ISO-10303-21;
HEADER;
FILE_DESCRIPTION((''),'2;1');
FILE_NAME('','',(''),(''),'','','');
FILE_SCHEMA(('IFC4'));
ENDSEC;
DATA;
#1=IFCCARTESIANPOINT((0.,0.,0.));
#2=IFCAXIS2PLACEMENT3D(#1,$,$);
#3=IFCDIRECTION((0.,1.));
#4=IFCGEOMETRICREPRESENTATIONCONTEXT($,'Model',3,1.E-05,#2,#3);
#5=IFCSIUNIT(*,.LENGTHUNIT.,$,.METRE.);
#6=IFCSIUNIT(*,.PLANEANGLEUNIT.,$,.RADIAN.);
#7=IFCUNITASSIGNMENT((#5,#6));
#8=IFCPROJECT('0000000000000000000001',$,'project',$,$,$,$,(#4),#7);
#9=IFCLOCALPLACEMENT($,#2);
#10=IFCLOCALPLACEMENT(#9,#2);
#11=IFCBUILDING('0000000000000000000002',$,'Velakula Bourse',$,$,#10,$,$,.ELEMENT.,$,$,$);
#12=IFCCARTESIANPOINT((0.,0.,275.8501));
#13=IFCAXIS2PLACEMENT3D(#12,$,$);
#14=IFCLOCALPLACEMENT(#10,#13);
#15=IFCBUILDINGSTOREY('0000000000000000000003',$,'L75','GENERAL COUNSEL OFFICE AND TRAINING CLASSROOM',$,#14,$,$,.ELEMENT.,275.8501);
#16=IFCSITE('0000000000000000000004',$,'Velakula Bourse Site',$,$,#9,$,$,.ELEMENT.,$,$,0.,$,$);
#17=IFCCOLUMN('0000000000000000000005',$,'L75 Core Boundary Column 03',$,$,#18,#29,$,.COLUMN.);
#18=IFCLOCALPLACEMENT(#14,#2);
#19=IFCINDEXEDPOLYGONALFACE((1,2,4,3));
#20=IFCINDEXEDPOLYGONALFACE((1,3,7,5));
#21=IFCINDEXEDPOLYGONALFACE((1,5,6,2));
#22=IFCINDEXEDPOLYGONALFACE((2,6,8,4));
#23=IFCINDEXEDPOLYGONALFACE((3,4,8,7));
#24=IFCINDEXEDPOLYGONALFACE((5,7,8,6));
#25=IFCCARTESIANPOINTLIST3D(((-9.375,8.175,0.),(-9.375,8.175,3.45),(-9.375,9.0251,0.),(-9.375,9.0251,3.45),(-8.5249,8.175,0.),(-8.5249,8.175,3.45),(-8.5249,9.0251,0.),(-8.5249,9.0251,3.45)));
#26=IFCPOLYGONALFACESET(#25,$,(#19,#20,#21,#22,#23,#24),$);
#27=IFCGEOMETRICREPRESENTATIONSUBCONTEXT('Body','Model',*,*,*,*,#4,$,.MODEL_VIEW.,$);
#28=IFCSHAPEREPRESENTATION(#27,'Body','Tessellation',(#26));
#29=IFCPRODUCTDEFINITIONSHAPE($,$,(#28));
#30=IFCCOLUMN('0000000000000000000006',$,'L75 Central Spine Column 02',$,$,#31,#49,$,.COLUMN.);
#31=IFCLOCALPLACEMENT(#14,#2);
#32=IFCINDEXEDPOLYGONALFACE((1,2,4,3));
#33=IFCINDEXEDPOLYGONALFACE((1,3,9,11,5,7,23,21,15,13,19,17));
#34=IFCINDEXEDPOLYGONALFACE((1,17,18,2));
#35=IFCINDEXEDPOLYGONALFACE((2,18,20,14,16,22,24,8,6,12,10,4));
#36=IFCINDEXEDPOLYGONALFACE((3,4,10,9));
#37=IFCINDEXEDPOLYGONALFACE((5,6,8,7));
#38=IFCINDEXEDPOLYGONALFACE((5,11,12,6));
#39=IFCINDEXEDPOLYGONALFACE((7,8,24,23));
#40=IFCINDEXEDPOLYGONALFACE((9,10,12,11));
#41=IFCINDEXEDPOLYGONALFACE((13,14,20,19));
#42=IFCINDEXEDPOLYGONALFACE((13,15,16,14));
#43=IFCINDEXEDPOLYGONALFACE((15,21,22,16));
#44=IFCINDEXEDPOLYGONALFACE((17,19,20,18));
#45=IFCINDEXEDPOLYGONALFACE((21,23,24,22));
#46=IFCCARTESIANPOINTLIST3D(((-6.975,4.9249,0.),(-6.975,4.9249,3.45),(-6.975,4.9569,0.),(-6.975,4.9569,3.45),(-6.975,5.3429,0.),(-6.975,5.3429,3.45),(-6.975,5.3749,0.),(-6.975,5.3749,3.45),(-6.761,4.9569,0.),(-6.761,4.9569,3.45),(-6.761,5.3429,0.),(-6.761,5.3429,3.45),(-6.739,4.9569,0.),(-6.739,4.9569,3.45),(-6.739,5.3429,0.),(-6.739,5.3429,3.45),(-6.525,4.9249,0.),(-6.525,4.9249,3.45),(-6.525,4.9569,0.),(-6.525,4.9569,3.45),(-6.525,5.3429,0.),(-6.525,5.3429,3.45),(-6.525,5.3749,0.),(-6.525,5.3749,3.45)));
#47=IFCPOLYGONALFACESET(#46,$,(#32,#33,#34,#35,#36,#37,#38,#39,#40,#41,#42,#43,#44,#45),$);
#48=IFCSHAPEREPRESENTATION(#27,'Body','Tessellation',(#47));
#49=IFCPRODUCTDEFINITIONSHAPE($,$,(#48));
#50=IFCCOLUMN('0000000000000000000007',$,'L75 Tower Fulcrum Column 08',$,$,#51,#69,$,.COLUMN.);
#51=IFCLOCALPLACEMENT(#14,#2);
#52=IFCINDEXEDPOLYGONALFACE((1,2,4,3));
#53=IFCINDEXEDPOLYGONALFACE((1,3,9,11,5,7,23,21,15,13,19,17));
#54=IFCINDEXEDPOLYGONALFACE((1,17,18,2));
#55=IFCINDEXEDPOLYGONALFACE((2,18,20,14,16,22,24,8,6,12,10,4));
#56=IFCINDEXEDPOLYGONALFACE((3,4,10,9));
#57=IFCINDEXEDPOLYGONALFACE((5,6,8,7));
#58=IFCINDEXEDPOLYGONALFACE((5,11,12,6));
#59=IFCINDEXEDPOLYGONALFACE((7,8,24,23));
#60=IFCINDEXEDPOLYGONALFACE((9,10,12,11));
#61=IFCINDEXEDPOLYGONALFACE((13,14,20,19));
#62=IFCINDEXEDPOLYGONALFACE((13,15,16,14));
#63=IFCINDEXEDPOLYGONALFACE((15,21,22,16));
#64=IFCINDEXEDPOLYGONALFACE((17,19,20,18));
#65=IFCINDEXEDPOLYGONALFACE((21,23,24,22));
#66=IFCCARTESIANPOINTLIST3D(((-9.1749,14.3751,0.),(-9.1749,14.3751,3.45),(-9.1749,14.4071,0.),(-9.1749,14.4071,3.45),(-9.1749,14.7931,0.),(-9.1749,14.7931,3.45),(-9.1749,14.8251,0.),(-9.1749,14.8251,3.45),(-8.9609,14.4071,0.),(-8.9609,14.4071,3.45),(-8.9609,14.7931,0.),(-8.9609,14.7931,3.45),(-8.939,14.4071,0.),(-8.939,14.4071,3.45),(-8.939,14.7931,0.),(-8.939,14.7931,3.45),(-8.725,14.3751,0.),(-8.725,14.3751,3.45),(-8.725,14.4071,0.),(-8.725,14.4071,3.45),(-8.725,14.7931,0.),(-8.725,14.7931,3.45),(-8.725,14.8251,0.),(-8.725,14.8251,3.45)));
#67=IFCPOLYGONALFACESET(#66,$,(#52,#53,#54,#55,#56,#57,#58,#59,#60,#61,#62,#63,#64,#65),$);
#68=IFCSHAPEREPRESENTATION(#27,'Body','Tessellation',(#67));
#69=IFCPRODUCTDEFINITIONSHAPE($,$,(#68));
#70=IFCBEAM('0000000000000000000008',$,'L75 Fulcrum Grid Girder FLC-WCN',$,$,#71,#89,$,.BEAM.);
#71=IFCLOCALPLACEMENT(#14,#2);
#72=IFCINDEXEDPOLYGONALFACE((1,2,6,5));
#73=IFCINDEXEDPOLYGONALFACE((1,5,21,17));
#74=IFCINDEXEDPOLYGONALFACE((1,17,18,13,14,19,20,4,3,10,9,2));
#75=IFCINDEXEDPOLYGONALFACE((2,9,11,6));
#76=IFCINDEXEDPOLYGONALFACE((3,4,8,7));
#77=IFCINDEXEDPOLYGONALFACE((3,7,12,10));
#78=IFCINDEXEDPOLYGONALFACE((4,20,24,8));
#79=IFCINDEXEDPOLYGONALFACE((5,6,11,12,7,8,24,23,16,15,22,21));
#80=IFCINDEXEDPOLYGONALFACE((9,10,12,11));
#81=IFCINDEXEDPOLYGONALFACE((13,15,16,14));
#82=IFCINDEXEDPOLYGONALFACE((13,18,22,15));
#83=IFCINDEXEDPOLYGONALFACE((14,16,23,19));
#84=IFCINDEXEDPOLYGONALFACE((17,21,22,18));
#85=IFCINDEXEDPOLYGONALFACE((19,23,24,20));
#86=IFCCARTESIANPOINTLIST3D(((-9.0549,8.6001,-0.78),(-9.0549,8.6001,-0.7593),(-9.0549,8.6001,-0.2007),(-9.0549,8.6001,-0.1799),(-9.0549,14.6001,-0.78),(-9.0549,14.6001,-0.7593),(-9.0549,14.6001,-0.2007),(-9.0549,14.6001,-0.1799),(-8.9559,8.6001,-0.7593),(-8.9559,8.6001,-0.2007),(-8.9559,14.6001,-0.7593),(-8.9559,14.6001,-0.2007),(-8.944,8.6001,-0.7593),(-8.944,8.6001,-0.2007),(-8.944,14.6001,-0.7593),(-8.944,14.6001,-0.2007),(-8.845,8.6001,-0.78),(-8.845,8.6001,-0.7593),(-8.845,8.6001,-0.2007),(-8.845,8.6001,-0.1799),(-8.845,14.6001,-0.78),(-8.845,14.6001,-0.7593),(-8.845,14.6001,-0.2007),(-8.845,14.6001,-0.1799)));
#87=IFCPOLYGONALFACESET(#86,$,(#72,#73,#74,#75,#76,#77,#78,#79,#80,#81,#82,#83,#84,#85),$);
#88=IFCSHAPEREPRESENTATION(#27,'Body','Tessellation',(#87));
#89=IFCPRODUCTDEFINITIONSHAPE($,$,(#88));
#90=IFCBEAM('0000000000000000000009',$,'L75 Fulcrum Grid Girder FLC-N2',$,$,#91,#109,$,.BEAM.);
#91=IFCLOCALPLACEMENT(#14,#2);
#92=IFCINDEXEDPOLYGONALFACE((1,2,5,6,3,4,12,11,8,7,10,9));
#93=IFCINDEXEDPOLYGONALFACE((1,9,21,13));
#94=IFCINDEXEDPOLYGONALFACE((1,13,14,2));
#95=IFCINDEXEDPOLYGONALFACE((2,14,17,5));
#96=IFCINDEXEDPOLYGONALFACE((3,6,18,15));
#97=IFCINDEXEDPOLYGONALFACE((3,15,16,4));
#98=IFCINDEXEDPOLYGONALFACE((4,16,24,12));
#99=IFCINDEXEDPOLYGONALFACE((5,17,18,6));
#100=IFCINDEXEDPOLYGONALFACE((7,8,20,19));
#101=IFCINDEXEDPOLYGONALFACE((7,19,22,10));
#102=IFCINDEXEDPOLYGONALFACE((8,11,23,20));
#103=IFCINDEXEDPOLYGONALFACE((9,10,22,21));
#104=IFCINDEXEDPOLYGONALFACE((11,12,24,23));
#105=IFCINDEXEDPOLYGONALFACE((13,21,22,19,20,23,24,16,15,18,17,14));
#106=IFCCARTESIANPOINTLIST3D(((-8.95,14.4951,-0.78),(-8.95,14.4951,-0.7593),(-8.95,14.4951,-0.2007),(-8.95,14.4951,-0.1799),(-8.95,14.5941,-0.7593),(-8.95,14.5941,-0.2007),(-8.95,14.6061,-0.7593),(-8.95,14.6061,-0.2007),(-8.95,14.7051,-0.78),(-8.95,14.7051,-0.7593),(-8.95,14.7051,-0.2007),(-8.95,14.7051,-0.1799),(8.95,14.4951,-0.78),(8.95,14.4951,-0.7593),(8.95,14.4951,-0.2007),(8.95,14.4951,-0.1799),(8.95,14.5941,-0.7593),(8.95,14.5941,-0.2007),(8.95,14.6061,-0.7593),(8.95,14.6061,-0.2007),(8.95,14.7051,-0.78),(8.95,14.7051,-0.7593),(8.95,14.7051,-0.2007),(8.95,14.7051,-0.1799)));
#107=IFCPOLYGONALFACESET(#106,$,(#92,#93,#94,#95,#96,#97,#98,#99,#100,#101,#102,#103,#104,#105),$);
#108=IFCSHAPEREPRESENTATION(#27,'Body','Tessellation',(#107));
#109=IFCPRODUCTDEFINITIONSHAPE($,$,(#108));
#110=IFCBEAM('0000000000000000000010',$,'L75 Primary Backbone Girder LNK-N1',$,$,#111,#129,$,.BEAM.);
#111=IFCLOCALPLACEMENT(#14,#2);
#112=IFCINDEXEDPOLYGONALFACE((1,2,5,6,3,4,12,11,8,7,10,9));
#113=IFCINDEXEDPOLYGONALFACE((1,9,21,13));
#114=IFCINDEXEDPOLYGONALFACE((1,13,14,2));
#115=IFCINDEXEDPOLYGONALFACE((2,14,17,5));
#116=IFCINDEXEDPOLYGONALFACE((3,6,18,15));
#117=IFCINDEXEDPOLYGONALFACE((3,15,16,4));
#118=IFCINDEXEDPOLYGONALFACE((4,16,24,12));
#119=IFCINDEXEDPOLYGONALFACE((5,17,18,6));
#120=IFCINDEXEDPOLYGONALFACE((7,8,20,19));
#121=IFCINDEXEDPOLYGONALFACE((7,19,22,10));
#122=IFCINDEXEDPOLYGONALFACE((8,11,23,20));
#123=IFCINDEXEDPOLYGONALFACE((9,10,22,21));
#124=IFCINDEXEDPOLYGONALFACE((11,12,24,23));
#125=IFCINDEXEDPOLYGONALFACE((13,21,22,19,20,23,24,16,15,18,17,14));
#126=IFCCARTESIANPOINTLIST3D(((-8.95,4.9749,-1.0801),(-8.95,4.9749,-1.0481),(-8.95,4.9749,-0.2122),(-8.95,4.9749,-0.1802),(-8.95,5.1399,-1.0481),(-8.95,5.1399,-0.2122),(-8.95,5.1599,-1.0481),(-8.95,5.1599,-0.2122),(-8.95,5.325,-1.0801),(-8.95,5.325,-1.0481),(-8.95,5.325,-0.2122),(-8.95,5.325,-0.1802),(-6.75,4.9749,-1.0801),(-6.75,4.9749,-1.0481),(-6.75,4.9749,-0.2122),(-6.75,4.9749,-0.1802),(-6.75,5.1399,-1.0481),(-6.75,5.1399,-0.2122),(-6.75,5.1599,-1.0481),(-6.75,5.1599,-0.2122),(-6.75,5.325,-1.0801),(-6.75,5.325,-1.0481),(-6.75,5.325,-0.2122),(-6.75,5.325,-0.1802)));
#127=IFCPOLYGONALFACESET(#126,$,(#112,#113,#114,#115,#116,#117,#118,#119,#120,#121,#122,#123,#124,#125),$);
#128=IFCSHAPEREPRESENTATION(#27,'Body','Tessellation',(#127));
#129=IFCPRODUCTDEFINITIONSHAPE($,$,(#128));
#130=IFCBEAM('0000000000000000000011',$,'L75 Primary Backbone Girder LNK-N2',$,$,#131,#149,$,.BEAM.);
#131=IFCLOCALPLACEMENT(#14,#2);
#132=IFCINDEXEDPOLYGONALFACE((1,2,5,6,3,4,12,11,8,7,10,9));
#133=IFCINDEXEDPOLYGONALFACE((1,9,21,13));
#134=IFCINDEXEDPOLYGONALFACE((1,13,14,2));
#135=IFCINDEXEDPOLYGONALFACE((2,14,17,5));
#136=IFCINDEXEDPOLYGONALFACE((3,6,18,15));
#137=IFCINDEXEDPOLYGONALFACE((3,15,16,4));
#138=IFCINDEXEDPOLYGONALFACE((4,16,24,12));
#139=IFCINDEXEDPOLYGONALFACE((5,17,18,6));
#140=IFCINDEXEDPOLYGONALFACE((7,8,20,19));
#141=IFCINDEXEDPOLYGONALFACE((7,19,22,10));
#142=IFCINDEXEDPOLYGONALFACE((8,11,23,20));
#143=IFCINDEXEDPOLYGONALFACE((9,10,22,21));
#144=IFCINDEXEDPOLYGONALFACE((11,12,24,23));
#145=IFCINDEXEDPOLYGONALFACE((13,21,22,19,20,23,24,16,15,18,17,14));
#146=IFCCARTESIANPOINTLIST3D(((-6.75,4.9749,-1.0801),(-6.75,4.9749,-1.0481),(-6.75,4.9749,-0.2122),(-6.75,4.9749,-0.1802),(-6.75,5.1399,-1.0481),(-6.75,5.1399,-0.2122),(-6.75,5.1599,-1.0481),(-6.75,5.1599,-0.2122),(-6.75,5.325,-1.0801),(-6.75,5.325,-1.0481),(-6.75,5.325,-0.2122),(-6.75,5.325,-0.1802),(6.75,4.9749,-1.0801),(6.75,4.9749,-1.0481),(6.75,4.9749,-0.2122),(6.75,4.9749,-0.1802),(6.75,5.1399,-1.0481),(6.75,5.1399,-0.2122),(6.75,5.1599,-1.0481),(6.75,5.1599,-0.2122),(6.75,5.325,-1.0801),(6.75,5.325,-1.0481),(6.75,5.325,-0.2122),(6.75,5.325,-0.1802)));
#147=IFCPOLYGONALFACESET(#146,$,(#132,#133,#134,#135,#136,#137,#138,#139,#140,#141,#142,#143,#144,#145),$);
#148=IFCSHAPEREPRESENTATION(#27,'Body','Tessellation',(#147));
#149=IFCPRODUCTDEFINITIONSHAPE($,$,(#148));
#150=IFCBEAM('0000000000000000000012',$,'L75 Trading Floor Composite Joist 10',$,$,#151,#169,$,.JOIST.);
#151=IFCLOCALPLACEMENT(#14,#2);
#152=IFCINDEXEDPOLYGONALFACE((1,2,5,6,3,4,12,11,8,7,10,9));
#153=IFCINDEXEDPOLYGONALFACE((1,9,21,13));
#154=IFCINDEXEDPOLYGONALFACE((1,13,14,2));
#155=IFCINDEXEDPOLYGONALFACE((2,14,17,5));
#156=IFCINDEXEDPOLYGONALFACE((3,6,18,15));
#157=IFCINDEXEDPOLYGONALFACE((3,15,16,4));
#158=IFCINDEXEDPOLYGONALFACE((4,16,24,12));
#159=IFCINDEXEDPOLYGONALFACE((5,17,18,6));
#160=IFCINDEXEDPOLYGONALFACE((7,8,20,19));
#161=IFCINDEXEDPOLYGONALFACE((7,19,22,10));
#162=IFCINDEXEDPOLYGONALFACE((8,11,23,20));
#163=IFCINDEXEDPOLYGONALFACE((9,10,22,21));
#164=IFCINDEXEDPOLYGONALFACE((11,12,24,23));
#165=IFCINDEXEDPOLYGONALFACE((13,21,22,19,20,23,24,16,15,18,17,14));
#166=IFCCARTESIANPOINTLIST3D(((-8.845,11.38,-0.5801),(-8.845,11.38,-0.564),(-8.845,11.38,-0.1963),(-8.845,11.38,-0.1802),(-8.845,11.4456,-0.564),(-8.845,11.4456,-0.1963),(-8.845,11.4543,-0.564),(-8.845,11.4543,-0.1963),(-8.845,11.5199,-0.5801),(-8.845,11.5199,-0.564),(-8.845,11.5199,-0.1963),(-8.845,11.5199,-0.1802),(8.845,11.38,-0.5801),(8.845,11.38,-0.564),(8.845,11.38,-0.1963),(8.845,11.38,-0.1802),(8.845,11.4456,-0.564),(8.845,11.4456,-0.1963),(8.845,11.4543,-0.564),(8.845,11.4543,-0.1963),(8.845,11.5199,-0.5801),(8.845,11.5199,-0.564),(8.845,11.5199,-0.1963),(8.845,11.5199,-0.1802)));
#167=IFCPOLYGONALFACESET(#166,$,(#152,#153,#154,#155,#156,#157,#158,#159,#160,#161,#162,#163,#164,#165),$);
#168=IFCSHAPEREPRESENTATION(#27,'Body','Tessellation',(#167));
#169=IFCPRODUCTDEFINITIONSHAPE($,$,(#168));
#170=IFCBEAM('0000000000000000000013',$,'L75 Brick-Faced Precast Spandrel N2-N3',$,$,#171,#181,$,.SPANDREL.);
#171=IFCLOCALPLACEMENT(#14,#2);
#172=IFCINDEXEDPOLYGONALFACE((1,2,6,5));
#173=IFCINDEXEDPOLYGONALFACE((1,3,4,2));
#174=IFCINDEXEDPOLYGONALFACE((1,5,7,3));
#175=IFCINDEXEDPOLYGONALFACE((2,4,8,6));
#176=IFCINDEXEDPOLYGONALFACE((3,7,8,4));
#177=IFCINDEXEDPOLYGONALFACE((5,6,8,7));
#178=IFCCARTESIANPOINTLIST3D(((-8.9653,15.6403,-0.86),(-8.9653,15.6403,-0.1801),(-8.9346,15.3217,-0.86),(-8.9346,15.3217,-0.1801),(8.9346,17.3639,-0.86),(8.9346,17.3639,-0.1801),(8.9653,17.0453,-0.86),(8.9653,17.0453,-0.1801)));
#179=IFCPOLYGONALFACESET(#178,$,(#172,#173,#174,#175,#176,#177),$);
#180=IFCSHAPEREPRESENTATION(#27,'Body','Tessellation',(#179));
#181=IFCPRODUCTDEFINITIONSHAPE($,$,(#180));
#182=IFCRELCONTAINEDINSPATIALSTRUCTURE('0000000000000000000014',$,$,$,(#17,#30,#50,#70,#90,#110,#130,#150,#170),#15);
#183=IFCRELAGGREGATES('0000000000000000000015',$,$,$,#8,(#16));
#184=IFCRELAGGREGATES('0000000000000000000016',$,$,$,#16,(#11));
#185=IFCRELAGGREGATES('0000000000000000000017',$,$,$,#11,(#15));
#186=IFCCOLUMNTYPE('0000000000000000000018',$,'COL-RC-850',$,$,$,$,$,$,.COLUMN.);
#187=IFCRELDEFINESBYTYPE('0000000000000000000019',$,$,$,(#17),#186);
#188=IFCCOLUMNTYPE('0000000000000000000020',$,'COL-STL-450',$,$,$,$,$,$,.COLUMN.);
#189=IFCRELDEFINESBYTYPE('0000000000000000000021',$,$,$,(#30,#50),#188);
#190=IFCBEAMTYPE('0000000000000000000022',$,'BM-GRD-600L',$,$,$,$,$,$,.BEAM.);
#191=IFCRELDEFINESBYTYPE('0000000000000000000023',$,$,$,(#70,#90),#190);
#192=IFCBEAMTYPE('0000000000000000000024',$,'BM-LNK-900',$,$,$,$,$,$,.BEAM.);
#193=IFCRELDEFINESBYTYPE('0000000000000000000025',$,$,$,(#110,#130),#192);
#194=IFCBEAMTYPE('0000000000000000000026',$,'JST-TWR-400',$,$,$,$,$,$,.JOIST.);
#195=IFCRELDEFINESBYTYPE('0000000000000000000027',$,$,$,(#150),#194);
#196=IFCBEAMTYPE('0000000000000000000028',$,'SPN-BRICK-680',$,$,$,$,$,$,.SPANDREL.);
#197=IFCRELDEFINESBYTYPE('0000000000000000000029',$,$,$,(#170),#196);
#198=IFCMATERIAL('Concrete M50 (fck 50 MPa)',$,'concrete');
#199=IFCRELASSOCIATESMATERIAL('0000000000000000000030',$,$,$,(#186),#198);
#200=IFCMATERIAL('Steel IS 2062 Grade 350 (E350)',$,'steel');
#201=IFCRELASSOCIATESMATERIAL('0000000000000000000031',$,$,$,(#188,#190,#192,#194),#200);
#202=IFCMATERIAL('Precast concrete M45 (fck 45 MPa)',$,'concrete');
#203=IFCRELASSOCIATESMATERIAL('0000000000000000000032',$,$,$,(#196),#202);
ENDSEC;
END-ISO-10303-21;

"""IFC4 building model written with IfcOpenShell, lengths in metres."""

from ifc_helpers import new_model, si_unit, direction, frame, origin, origin_2d, place, context, subcontext, project, spatial, rectangle, i_section, extrude, material, material_profile, profile_set, type_object, element, save


model = new_model("IFC4")

# Units and contexts
model_context = context("Model", 3, precision=1e-05, world=origin(), true_north=direction((0.0, 1.0)))
body_context = subcontext(model_context, "Body", "Model", "MODEL_VIEW")
ifc_project = project(units=[si_unit("LENGTHUNIT", "METRE"), si_unit("PLANEANGLEUNIT", "RADIAN")], contexts=[model_context])

# Site, building, storey
site_placement = place(None, origin())
site = spatial("IfcSite", under=ifc_project, at=site_placement, Name="Velakula Bourse Site", CompositionType="ELEMENT", RefElevation=0.0)
building_placement = place(site_placement, origin())
building = spatial("IfcBuilding", under=site, at=building_placement, Name="Velakula Bourse", CompositionType="ELEMENT")
storey_placement = place(building_placement, frame((0.0, 0.0, 275.8501)))
storey = spatial("IfcBuildingStorey", under=building, at=storey_placement, Name="L75", Description="GENERAL COUNSEL OFFICE AND TRAINING CLASSROOM", CompositionType="ELEMENT", Elevation=275.8501)

# Columns
ifc_material_1 = material(Name="Concrete M50 (fck 50 MPa)", Category="concrete")
ifc_material_profile_1 = material_profile(ifc_material_1, rectangle(XDim=0.8501, YDim=0.8501, at=origin_2d()), Name="Concrete M50 (fck 50 MPa)")
ifc_profile_set_1 = profile_set([ifc_material_profile_1], Name="Concrete M50 (fck 50 MPa)")
column_type_1 = type_object("IfcColumnType", Name="COL-RC-850", PredefinedType="COLUMN", material=ifc_profile_set_1)
column_placement = place(storey_placement, frame((-8.95, 8.6001, 0.0), z_axis=(0.0, 0.0, 1.0), x_axis=(1.0, 0.0, 0.0)))
element("IfcColumn", 1, at=column_placement, inside=storey, type_object=column_type_1, Name="L75 Core Boundary Column 03", PredefinedType="COLUMN", context=body_context, shape_type="SweptSolid", body=[
    extrude(rectangle(XDim=0.8501, YDim=0.8501, at=origin_2d()), origin(), (0.0, 0.0, 1.0), 3.45),
])
ifc_material_2 = material(Name="Steel IS 2062 Grade 350 (E350)", Category="steel")
ifc_material_profile_2 = material_profile(ifc_material_2, i_section(OverallWidth=0.45, OverallDepth=0.45, WebThickness=0.022, FlangeThickness=0.032, at=origin_2d()), Name="Steel IS 2062 Grade 350 (E350)")
ifc_profile_set_2 = profile_set([ifc_material_profile_2], Name="Steel IS 2062 Grade 350 (E350)")
column_type_2 = type_object("IfcColumnType", Name="COL-STL-450", PredefinedType="COLUMN", material=ifc_profile_set_2)
for number, where, z_axis, x_axis, name in (
    (2, (-6.75, 5.1499, 0.0), (0.0, 0.0, 1.0), (1.0, 0.0, 0.0), "L75 Central Spine Column 02"),
    (3, (-8.95, 14.6001, 0.0), (0.0, 0.0, 1.0), (1.0, 0.0, 0.0), "L75 Tower Fulcrum Column 08"),
):
    element("IfcColumn", number, at=place(storey_placement, frame(where, z_axis=z_axis, x_axis=x_axis)), inside=storey, type_object=column_type_2, Name=name, PredefinedType="COLUMN", context=body_context, shape_type="SweptSolid", body=[
        extrude(i_section(OverallWidth=0.45, OverallDepth=0.45, WebThickness=0.022, FlangeThickness=0.032, at=origin_2d()), origin(), (0.0, 0.0, 1.0), 3.45),
    ])

# Beams
ifc_material_profile_3 = material_profile(ifc_material_2, i_section(OverallWidth=0.21, OverallDepth=0.6001, WebThickness=0.012, FlangeThickness=0.0208, at=origin_2d()), Name="Steel IS 2062 Grade 350 (E350)")
ifc_profile_set_3 = profile_set([ifc_material_profile_3], Name="Steel IS 2062 Grade 350 (E350)")
beam_type_1 = type_object("IfcBeamType", Name="BM-GRD-600L", PredefinedType="BEAM", material=ifc_profile_set_3)
beam_1_placement = place(storey_placement, frame((-8.95, 8.6001, -0.48), z_axis=(0.0, 1.0, 0.0), x_axis=(-1.0, 0.0, 0.0)))
element("IfcBeam", 4, at=beam_1_placement, inside=storey, type_object=beam_type_1, Name="L75 Fulcrum Grid Girder FLC-WCN", PredefinedType="BEAM", context=body_context, shape_type="SweptSolid", body=[
    extrude(i_section(OverallWidth=0.21, OverallDepth=0.6001, WebThickness=0.012, FlangeThickness=0.0208, at=origin_2d()), origin(), (0.0, 0.0, 1.0), 6.0),
])
beam_2_placement = place(storey_placement, frame((-8.95, 14.6001, -0.48), z_axis=(1.0, 0.0, 0.0), x_axis=(0.0, 1.0, 0.0)))
element("IfcBeam", 5, at=beam_2_placement, inside=storey, type_object=beam_type_1, Name="L75 Fulcrum Grid Girder FLC-N2", PredefinedType="BEAM", context=body_context, shape_type="SweptSolid", body=[
    extrude(i_section(OverallWidth=0.21, OverallDepth=0.6001, WebThickness=0.012, FlangeThickness=0.0208, at=origin_2d()), origin(), (0.0, 0.0, 1.0), 17.8999),
])
ifc_material_profile_4 = material_profile(ifc_material_2, i_section(OverallWidth=0.3501, OverallDepth=0.8999, WebThickness=0.02, FlangeThickness=0.032, at=origin_2d()), Name="Steel IS 2062 Grade 350 (E350)")
ifc_profile_set_4 = profile_set([ifc_material_profile_4], Name="Steel IS 2062 Grade 350 (E350)")
beam_type_2 = type_object("IfcBeamType", Name="BM-LNK-900", PredefinedType="BEAM", material=ifc_profile_set_4)
beam_3_placement = place(storey_placement, frame((-8.95, 5.1499, -0.6301), z_axis=(1.0, 0.0, 0.0), x_axis=(0.0, 1.0, 0.0)))
element("IfcBeam", 6, at=beam_3_placement, inside=storey, type_object=beam_type_2, Name="L75 Primary Backbone Girder LNK-N1", PredefinedType="BEAM", context=body_context, shape_type="SweptSolid", body=[
    extrude(i_section(OverallWidth=0.3501, OverallDepth=0.8999, WebThickness=0.02, FlangeThickness=0.032, at=origin_2d()), origin(), (0.0, 0.0, 1.0), 2.2),
])
beam_4_placement = place(storey_placement, frame((-6.75, 5.1499, -0.6301), z_axis=(1.0, 0.0, 0.0), x_axis=(0.0, 1.0, 0.0)))
element("IfcBeam", 7, at=beam_4_placement, inside=storey, type_object=beam_type_2, Name="L75 Primary Backbone Girder LNK-N2", PredefinedType="BEAM", context=body_context, shape_type="SweptSolid", body=[
    extrude(i_section(OverallWidth=0.3501, OverallDepth=0.8999, WebThickness=0.02, FlangeThickness=0.032, at=origin_2d()), origin(), (0.0, 0.0, 1.0), 13.5),
])
ifc_material_profile_5 = material_profile(ifc_material_2, i_section(OverallWidth=0.1399, OverallDepth=0.3999, WebThickness=0.0088, FlangeThickness=0.0161, at=origin_2d()), Name="Steel IS 2062 Grade 350 (E350)")
ifc_profile_set_5 = profile_set([ifc_material_profile_5], Name="Steel IS 2062 Grade 350 (E350)")
beam_type_3 = type_object("IfcBeamType", Name="JST-TWR-400", PredefinedType="JOIST", material=ifc_profile_set_5)
beam_5_placement = place(storey_placement, frame((-8.845, 11.45, -0.3801), z_axis=(1.0, 0.0, 0.0), x_axis=(0.0, 1.0, 0.0)))
element("IfcBeam", 8, at=beam_5_placement, inside=storey, type_object=beam_type_3, Name="L75 Trading Floor Composite Joist 10", PredefinedType="JOIST", context=body_context, shape_type="SweptSolid", body=[
    extrude(i_section(OverallWidth=0.1399, OverallDepth=0.3999, WebThickness=0.0088, FlangeThickness=0.0161, at=origin_2d()), origin(), (0.0, 0.0, 1.0), 17.6899),
])
ifc_material_3 = material(Name="Precast concrete M45 (fck 45 MPa)", Category="concrete")
ifc_material_profile_6 = material_profile(ifc_material_3, rectangle(XDim=0.3201, YDim=0.6799, at=origin_2d()), Name="Precast concrete M45 (fck 45 MPa)")
ifc_profile_set_6 = profile_set([ifc_material_profile_6], Name="Precast concrete M45 (fck 45 MPa)")
beam_type_4 = type_object("IfcBeamType", Name="SPN-BRICK-680", PredefinedType="SPANDREL", material=ifc_profile_set_6)
beam_6_placement = place(storey_placement, frame((-8.95, 15.481, -0.52), z_axis=(0.995396, 0.09585, 0.0), x_axis=(-0.09585, 0.995396, 0.0)))
element("IfcBeam", 9, at=beam_6_placement, inside=storey, type_object=beam_type_4, Name="L75 Brick-Faced Precast Spandrel N2-N3", PredefinedType="SPANDREL", context=body_context, shape_type="SweptSolid", body=[
    extrude(rectangle(XDim=0.3201, YDim=0.6799, at=origin_2d()), origin(), (0.0, 0.0, 1.0), 17.9827),
])

save(model, "model.ifc")
